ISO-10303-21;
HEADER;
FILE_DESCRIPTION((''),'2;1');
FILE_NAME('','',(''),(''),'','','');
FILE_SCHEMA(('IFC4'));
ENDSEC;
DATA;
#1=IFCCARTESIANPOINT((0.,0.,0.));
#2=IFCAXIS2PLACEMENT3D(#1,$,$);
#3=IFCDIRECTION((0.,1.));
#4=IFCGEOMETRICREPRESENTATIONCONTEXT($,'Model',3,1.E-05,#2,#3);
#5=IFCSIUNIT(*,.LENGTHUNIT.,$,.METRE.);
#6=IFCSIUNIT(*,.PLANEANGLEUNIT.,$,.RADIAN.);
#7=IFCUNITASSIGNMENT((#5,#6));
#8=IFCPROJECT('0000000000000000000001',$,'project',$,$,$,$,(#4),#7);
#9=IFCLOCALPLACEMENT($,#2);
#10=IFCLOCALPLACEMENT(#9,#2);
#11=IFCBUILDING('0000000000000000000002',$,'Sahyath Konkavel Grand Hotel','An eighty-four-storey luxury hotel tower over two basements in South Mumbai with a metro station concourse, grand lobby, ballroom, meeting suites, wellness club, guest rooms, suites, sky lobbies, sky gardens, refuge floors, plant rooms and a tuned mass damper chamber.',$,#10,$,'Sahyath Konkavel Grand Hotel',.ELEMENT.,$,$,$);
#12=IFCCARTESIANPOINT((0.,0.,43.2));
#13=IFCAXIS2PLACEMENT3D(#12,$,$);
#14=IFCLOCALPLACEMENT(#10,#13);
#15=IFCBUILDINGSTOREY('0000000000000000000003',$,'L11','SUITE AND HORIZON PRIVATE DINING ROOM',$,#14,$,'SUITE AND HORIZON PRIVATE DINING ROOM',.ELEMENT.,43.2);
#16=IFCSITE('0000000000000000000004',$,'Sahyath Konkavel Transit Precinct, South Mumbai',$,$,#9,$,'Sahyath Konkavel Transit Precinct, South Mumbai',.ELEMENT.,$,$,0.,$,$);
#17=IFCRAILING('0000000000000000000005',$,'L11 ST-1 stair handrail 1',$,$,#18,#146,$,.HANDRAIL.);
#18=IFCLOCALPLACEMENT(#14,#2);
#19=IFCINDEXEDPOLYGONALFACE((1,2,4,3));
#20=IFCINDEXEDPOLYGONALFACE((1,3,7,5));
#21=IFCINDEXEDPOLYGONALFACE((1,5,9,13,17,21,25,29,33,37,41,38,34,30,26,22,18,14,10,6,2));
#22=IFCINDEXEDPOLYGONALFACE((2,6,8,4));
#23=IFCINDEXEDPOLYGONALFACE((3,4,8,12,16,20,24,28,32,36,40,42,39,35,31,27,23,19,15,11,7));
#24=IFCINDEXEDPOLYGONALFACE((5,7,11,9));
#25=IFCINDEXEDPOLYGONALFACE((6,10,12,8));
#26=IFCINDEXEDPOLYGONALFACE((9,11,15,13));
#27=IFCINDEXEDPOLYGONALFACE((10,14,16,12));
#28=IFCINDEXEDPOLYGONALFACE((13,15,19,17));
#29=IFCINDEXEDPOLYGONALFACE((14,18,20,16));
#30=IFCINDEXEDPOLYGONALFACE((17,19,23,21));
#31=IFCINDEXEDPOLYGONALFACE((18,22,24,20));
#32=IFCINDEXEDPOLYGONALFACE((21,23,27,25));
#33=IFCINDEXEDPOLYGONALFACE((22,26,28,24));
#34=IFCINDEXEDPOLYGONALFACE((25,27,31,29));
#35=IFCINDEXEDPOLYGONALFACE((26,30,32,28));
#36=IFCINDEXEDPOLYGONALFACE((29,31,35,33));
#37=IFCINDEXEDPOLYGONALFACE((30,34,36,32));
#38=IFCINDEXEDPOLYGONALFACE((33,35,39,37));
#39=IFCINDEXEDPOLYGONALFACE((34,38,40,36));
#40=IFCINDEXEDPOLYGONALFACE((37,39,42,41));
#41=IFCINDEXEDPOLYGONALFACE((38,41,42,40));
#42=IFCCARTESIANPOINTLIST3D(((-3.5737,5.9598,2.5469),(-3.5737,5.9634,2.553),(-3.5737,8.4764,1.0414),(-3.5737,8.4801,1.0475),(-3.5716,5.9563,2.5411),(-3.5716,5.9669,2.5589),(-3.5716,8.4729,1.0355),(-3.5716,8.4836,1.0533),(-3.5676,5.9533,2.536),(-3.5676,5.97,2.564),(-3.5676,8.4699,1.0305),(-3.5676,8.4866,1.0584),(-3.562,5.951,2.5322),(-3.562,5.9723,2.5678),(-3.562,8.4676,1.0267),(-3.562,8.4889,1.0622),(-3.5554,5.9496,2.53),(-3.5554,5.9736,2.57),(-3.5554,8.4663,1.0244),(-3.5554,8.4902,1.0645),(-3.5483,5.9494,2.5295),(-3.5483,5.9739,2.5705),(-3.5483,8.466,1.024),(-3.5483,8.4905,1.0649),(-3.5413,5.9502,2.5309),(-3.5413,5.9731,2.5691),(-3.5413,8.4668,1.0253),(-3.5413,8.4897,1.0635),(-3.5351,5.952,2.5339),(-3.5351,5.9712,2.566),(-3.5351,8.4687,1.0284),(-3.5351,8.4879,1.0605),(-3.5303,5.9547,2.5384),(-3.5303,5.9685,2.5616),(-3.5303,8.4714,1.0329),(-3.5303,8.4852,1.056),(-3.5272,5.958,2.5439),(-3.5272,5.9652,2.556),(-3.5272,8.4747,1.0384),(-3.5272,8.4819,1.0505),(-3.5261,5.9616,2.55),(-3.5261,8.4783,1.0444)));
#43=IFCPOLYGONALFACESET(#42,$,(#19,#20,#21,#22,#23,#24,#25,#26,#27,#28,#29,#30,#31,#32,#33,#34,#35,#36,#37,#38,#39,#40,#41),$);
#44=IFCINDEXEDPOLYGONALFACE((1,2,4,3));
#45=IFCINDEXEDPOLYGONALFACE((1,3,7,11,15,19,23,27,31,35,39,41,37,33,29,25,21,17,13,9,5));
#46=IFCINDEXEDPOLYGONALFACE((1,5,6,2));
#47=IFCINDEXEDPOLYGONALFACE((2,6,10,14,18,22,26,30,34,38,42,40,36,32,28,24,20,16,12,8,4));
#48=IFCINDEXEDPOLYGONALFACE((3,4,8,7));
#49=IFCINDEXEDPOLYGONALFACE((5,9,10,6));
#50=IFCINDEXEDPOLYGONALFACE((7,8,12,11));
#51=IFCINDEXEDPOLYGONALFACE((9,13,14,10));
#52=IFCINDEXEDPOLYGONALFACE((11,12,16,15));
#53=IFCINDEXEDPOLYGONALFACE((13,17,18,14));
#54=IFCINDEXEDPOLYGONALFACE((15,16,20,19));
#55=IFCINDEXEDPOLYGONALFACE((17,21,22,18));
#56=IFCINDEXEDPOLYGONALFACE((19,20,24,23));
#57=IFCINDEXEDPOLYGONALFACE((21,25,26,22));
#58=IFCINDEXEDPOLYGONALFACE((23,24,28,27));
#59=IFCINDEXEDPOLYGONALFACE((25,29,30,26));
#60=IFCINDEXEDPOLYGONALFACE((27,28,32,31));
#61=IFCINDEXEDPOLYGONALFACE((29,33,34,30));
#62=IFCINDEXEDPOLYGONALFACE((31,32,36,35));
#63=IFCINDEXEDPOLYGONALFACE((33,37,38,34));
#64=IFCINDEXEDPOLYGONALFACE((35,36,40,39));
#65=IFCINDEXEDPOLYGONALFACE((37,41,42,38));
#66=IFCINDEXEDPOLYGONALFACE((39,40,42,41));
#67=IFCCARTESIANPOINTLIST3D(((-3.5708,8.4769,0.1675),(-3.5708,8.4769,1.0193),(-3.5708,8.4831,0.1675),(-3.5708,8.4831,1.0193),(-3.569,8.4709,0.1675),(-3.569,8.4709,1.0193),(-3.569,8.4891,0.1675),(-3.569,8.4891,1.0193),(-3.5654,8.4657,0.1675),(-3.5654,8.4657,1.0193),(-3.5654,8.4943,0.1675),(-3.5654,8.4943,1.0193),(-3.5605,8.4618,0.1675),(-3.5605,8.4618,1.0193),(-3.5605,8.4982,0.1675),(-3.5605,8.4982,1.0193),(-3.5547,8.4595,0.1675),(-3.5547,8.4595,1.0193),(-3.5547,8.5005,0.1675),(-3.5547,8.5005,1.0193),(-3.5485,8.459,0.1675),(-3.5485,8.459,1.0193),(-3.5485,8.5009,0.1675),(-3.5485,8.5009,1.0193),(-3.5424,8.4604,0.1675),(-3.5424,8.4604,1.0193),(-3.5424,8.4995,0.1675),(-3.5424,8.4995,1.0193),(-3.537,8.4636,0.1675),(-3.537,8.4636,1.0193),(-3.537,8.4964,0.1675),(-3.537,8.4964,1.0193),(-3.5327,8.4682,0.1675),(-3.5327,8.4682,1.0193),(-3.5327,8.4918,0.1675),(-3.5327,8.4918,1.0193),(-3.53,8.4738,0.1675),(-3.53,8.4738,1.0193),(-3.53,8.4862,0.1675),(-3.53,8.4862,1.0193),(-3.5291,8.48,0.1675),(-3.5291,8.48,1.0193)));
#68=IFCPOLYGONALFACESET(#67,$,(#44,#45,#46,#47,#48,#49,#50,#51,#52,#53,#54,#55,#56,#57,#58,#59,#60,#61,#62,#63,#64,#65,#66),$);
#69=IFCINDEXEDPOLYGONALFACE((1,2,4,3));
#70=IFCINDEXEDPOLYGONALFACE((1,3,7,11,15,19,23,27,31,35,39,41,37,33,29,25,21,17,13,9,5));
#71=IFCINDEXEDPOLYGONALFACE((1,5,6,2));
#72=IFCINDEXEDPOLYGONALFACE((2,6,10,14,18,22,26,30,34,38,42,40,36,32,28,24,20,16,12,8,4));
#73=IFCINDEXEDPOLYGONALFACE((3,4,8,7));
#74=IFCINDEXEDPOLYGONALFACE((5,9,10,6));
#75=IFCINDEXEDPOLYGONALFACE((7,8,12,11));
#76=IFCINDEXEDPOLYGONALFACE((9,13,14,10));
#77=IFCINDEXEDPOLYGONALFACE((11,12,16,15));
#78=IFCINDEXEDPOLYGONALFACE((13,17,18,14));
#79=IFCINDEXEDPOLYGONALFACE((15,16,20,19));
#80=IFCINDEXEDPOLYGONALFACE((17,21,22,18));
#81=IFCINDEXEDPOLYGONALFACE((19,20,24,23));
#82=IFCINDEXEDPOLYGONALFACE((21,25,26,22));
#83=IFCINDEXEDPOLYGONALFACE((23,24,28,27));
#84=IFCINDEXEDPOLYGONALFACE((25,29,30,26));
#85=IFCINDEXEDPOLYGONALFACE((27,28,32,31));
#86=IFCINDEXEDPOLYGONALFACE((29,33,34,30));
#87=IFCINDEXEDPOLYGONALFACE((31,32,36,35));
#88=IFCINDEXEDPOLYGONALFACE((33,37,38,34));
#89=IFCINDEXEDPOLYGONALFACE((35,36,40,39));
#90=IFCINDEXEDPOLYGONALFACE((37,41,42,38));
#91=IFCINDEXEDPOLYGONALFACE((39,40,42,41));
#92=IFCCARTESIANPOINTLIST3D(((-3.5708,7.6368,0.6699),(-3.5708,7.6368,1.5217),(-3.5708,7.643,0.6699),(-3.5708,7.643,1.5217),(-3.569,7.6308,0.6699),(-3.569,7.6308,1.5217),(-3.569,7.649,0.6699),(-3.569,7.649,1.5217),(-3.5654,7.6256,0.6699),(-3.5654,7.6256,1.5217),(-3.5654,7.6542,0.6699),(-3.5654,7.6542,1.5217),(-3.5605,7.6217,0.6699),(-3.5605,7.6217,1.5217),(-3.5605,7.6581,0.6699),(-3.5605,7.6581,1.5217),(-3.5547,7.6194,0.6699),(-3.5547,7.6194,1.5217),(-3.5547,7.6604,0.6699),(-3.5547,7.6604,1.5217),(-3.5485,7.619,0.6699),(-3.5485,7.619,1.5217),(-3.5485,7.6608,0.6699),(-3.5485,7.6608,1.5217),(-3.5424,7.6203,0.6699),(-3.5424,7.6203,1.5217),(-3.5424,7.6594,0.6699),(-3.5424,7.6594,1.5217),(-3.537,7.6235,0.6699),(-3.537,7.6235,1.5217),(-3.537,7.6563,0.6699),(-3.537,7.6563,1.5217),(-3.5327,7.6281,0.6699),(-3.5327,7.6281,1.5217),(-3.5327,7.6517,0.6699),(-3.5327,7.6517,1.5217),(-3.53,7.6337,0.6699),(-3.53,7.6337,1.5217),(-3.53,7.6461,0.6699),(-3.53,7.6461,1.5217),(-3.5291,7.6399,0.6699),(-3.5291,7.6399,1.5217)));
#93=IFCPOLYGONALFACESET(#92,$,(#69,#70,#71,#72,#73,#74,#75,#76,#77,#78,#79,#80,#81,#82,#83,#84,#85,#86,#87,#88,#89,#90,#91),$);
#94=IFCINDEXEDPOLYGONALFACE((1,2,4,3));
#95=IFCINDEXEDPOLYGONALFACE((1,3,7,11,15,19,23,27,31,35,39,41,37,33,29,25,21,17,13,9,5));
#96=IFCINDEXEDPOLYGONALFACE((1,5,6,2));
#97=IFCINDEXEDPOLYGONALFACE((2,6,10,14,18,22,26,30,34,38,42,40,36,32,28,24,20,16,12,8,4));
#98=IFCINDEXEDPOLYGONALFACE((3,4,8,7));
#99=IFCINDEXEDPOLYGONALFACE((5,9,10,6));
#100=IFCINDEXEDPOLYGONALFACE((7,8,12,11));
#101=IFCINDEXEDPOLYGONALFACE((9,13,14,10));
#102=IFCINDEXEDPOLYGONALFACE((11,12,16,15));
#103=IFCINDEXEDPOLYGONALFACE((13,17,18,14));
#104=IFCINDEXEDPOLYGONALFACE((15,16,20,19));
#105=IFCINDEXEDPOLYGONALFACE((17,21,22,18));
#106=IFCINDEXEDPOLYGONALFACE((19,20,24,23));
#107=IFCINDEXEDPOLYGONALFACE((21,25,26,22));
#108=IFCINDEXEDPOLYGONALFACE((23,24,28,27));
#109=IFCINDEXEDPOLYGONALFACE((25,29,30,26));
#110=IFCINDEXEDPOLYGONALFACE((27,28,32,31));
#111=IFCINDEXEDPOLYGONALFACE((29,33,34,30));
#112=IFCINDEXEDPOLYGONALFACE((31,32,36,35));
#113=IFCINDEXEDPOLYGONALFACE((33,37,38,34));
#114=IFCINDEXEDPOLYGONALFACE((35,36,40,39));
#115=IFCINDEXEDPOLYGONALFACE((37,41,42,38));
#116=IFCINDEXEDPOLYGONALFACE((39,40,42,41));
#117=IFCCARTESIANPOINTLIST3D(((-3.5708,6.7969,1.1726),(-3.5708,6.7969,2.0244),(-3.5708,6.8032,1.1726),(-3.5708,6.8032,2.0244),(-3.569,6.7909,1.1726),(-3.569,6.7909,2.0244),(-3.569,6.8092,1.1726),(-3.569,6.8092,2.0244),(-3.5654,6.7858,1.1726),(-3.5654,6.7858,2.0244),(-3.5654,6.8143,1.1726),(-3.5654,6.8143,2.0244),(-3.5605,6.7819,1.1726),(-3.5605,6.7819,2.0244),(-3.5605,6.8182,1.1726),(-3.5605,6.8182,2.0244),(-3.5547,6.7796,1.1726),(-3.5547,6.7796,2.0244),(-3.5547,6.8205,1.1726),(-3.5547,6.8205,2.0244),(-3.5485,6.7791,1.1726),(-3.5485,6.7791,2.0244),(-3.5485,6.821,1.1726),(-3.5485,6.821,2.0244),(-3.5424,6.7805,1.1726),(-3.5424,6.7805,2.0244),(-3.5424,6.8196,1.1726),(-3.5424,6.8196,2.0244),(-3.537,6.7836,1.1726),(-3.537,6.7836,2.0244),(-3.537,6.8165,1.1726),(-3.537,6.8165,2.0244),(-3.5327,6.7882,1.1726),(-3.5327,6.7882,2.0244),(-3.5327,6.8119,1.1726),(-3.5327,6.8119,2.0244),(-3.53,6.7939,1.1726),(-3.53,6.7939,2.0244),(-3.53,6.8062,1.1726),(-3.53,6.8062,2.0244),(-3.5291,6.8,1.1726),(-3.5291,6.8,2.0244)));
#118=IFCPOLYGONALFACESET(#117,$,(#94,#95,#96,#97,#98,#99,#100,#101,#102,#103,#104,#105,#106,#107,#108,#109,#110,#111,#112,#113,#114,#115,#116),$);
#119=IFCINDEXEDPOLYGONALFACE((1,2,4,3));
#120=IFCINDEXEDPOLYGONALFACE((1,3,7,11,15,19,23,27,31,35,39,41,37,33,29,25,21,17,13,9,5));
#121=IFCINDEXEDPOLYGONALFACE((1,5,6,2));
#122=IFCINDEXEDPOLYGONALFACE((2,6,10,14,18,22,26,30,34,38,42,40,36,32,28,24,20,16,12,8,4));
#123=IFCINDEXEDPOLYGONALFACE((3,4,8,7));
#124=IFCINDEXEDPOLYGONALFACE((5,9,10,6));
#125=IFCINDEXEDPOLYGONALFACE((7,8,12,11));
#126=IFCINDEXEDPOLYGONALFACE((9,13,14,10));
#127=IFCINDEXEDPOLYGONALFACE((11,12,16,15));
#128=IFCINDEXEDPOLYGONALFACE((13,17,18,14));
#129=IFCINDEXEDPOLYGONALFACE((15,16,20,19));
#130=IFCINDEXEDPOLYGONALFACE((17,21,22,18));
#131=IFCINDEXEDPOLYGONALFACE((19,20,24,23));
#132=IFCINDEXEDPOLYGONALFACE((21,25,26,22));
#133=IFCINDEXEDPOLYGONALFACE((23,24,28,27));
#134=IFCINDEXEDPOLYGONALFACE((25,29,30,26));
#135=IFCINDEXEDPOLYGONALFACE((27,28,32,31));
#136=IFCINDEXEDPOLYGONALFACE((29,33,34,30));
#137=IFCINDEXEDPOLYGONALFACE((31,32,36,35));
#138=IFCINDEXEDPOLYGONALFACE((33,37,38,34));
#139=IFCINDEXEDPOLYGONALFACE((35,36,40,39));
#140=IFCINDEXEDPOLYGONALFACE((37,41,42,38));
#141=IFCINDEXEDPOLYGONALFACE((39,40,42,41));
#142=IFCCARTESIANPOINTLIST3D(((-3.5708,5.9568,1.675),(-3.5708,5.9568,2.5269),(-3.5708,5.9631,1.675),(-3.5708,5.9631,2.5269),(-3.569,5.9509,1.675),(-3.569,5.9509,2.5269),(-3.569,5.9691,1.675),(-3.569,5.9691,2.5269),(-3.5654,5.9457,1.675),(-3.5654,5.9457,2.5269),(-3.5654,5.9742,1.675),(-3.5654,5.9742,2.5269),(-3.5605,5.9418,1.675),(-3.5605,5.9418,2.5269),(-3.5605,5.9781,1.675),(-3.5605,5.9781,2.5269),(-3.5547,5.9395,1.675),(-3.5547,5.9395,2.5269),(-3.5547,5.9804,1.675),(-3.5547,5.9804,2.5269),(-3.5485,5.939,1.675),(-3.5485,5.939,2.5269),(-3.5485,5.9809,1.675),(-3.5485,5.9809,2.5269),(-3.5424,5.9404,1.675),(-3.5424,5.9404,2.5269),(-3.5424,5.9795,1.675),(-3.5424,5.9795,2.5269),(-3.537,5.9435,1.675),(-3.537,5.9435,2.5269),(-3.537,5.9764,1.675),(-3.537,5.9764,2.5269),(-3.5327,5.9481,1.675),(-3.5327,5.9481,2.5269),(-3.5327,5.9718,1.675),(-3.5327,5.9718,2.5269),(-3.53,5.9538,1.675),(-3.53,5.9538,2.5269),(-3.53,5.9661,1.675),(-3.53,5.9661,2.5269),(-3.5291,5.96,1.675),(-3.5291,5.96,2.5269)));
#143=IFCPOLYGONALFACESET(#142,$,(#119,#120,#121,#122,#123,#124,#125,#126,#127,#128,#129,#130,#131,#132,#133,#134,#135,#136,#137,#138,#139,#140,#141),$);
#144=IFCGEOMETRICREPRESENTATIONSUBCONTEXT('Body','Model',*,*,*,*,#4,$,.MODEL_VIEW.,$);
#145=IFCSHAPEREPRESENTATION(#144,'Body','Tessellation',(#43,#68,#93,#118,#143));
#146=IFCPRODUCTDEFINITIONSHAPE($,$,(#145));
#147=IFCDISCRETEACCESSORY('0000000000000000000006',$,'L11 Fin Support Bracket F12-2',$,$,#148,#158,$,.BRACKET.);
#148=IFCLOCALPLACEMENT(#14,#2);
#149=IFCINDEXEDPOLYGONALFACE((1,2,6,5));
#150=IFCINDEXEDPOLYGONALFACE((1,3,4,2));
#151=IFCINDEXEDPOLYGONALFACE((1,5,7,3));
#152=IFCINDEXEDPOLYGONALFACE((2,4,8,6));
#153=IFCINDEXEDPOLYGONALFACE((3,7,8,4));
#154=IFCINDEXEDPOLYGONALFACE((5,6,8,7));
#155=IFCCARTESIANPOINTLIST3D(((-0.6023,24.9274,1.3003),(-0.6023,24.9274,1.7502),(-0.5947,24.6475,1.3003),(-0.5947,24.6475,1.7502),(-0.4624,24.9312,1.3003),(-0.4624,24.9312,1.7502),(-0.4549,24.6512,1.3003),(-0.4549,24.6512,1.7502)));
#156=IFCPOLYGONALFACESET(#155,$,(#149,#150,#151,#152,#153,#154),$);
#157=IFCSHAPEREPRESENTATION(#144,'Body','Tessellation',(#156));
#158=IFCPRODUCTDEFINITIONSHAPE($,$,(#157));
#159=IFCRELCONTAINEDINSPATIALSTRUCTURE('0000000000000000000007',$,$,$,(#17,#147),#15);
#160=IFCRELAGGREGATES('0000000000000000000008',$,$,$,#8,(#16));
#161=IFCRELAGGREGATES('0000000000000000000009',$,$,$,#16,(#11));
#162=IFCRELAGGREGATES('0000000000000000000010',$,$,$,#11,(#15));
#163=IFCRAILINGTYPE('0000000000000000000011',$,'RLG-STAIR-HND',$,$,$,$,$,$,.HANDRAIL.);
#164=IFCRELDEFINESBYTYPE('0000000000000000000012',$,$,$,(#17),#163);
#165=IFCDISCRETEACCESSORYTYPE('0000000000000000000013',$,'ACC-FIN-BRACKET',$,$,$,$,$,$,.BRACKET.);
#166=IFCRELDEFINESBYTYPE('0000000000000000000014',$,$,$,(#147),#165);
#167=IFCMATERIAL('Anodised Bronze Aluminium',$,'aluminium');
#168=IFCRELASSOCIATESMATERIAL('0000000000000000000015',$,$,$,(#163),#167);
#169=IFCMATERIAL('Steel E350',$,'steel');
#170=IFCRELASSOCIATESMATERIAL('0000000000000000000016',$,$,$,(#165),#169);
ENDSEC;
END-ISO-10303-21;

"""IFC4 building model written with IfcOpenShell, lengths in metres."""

from ifc_helpers import new_model, si_unit, direction, frame, origin, origin_2d, place, context, subcontext, project, spatial, rectangle, circle, extrude, source, transform, mapped, material, type_object, element, save


model = new_model("IFC4")

# Units and contexts
model_context = context("Model", 3, precision=1e-05, world=origin(), true_north=direction((0.0, 1.0)))
body_context = subcontext(model_context, "Body", "Model", "MODEL_VIEW")
ifc_project = project(units=[si_unit("LENGTHUNIT", "METRE"), si_unit("PLANEANGLEUNIT", "RADIAN")], contexts=[model_context])

# Site, building, storey
site_placement = place(None, origin())
site = spatial("IfcSite", under=ifc_project, at=site_placement, Name="Sahyath Konkavel Transit Precinct, South Mumbai", LongName="Sahyath Konkavel Transit Precinct, South Mumbai", CompositionType="ELEMENT", RefElevation=0.0)
building_placement = place(site_placement, origin())
building = spatial("IfcBuilding", under=site, at=building_placement, Name="Sahyath Konkavel Grand Hotel", Description="An eighty-four-storey luxury hotel tower over two basements in South Mumbai with a metro station concourse, grand lobby, ballroom, meeting suites, wellness club, guest rooms, suites, sky lobbies, sky gardens, refuge floors, plant rooms and a tuned mass damper chamber.", LongName="Sahyath Konkavel Grand Hotel", CompositionType="ELEMENT")
storey_placement = place(building_placement, frame((0.0, 0.0, 43.2)))
storey = spatial("IfcBuildingStorey", under=building, at=storey_placement, Name="L11", Description="SUITE AND HORIZON PRIVATE DINING ROOM", LongName="SUITE AND HORIZON PRIVATE DINING ROOM", CompositionType="ELEMENT", Elevation=43.2)

# Shared definitions
ifc_material_1 = material(Name="Steel E350", Category="steel")

# Shared definitions
ifc_material_2 = material(Name="Anodised Bronze Aluminium", Category="aluminium")

# Railing
railing_type_1 = type_object("IfcRailingType", Name="RLG-STAIR-HND", PredefinedType="HANDRAIL", material=ifc_material_2)
railing_1_placement = place(storey_placement, frame((-3.55, 8.48, 0.1675)))
element("IfcRailing", 1, at=railing_1_placement, inside=storey, type_object=railing_type_1, Name="L11 ST-1 stair handrail 1", PredefinedType="HANDRAIL", context=body_context, shape_type="SweptSolid", body=[
    extrude(circle(Radius=0.0239, at=origin_2d()), frame((0.0, -0.0017, 0.877), z_axis=(0.0, -0.85816, 0.513383), x_axis=(1.0, 0.0, 0.0)), (0.0, 0.0, 1.0), 2.9326),
    extrude(circle(Radius=0.021, at=origin_2d()), origin(), (0.0, 0.0, 1.0), 0.8518),
    extrude(circle(Radius=0.021, at=origin_2d()), frame((0.0, -0.8401, 0.5024)), (0.0, 0.0, 1.0), 0.8518),
    extrude(circle(Radius=0.021, at=origin_2d()), frame((0.0, -1.6799, 1.0051)), (0.0, 0.0, 1.0), 0.8518),
    extrude(circle(Radius=0.021, at=origin_2d()), frame((0.0, -2.52, 1.5076)), (0.0, 0.0, 1.0), 0.8518),
])

# Discrete accessory
discrete_accessory_type = type_object("IfcDiscreteAccessoryType", Name="ACC-FIN-BRACKET", PredefinedType="BRACKET", material=ifc_material_1)
shared_shape_1 = source(origin(), body_context, "Body", "SweptSolid", [
    extrude(rectangle(XDim=0.28, YDim=0.1399, at=origin_2d()), origin(), (0.0, 0.0, 1.0), 0.45),
])
discrete_accessory_placement = place(storey_placement, frame((-0.5286, 24.7893, 1.3003), z_axis=(0.0, 0.0, 1.0), x_axis=(-0.02691, 0.999638, 0.0)))
element("IfcDiscreteAccessory", 2, at=discrete_accessory_placement, inside=storey, type_object=discrete_accessory_type, Name="L11 Fin Support Bracket F12-2", PredefinedType="BRACKET", context=body_context, shape_type="MappedRepresentation", body=[
    mapped(shared_shape_1, transform((0.0, 0.0, 0.0), scale=1.0)),
])

save(model, "model.ifc")
